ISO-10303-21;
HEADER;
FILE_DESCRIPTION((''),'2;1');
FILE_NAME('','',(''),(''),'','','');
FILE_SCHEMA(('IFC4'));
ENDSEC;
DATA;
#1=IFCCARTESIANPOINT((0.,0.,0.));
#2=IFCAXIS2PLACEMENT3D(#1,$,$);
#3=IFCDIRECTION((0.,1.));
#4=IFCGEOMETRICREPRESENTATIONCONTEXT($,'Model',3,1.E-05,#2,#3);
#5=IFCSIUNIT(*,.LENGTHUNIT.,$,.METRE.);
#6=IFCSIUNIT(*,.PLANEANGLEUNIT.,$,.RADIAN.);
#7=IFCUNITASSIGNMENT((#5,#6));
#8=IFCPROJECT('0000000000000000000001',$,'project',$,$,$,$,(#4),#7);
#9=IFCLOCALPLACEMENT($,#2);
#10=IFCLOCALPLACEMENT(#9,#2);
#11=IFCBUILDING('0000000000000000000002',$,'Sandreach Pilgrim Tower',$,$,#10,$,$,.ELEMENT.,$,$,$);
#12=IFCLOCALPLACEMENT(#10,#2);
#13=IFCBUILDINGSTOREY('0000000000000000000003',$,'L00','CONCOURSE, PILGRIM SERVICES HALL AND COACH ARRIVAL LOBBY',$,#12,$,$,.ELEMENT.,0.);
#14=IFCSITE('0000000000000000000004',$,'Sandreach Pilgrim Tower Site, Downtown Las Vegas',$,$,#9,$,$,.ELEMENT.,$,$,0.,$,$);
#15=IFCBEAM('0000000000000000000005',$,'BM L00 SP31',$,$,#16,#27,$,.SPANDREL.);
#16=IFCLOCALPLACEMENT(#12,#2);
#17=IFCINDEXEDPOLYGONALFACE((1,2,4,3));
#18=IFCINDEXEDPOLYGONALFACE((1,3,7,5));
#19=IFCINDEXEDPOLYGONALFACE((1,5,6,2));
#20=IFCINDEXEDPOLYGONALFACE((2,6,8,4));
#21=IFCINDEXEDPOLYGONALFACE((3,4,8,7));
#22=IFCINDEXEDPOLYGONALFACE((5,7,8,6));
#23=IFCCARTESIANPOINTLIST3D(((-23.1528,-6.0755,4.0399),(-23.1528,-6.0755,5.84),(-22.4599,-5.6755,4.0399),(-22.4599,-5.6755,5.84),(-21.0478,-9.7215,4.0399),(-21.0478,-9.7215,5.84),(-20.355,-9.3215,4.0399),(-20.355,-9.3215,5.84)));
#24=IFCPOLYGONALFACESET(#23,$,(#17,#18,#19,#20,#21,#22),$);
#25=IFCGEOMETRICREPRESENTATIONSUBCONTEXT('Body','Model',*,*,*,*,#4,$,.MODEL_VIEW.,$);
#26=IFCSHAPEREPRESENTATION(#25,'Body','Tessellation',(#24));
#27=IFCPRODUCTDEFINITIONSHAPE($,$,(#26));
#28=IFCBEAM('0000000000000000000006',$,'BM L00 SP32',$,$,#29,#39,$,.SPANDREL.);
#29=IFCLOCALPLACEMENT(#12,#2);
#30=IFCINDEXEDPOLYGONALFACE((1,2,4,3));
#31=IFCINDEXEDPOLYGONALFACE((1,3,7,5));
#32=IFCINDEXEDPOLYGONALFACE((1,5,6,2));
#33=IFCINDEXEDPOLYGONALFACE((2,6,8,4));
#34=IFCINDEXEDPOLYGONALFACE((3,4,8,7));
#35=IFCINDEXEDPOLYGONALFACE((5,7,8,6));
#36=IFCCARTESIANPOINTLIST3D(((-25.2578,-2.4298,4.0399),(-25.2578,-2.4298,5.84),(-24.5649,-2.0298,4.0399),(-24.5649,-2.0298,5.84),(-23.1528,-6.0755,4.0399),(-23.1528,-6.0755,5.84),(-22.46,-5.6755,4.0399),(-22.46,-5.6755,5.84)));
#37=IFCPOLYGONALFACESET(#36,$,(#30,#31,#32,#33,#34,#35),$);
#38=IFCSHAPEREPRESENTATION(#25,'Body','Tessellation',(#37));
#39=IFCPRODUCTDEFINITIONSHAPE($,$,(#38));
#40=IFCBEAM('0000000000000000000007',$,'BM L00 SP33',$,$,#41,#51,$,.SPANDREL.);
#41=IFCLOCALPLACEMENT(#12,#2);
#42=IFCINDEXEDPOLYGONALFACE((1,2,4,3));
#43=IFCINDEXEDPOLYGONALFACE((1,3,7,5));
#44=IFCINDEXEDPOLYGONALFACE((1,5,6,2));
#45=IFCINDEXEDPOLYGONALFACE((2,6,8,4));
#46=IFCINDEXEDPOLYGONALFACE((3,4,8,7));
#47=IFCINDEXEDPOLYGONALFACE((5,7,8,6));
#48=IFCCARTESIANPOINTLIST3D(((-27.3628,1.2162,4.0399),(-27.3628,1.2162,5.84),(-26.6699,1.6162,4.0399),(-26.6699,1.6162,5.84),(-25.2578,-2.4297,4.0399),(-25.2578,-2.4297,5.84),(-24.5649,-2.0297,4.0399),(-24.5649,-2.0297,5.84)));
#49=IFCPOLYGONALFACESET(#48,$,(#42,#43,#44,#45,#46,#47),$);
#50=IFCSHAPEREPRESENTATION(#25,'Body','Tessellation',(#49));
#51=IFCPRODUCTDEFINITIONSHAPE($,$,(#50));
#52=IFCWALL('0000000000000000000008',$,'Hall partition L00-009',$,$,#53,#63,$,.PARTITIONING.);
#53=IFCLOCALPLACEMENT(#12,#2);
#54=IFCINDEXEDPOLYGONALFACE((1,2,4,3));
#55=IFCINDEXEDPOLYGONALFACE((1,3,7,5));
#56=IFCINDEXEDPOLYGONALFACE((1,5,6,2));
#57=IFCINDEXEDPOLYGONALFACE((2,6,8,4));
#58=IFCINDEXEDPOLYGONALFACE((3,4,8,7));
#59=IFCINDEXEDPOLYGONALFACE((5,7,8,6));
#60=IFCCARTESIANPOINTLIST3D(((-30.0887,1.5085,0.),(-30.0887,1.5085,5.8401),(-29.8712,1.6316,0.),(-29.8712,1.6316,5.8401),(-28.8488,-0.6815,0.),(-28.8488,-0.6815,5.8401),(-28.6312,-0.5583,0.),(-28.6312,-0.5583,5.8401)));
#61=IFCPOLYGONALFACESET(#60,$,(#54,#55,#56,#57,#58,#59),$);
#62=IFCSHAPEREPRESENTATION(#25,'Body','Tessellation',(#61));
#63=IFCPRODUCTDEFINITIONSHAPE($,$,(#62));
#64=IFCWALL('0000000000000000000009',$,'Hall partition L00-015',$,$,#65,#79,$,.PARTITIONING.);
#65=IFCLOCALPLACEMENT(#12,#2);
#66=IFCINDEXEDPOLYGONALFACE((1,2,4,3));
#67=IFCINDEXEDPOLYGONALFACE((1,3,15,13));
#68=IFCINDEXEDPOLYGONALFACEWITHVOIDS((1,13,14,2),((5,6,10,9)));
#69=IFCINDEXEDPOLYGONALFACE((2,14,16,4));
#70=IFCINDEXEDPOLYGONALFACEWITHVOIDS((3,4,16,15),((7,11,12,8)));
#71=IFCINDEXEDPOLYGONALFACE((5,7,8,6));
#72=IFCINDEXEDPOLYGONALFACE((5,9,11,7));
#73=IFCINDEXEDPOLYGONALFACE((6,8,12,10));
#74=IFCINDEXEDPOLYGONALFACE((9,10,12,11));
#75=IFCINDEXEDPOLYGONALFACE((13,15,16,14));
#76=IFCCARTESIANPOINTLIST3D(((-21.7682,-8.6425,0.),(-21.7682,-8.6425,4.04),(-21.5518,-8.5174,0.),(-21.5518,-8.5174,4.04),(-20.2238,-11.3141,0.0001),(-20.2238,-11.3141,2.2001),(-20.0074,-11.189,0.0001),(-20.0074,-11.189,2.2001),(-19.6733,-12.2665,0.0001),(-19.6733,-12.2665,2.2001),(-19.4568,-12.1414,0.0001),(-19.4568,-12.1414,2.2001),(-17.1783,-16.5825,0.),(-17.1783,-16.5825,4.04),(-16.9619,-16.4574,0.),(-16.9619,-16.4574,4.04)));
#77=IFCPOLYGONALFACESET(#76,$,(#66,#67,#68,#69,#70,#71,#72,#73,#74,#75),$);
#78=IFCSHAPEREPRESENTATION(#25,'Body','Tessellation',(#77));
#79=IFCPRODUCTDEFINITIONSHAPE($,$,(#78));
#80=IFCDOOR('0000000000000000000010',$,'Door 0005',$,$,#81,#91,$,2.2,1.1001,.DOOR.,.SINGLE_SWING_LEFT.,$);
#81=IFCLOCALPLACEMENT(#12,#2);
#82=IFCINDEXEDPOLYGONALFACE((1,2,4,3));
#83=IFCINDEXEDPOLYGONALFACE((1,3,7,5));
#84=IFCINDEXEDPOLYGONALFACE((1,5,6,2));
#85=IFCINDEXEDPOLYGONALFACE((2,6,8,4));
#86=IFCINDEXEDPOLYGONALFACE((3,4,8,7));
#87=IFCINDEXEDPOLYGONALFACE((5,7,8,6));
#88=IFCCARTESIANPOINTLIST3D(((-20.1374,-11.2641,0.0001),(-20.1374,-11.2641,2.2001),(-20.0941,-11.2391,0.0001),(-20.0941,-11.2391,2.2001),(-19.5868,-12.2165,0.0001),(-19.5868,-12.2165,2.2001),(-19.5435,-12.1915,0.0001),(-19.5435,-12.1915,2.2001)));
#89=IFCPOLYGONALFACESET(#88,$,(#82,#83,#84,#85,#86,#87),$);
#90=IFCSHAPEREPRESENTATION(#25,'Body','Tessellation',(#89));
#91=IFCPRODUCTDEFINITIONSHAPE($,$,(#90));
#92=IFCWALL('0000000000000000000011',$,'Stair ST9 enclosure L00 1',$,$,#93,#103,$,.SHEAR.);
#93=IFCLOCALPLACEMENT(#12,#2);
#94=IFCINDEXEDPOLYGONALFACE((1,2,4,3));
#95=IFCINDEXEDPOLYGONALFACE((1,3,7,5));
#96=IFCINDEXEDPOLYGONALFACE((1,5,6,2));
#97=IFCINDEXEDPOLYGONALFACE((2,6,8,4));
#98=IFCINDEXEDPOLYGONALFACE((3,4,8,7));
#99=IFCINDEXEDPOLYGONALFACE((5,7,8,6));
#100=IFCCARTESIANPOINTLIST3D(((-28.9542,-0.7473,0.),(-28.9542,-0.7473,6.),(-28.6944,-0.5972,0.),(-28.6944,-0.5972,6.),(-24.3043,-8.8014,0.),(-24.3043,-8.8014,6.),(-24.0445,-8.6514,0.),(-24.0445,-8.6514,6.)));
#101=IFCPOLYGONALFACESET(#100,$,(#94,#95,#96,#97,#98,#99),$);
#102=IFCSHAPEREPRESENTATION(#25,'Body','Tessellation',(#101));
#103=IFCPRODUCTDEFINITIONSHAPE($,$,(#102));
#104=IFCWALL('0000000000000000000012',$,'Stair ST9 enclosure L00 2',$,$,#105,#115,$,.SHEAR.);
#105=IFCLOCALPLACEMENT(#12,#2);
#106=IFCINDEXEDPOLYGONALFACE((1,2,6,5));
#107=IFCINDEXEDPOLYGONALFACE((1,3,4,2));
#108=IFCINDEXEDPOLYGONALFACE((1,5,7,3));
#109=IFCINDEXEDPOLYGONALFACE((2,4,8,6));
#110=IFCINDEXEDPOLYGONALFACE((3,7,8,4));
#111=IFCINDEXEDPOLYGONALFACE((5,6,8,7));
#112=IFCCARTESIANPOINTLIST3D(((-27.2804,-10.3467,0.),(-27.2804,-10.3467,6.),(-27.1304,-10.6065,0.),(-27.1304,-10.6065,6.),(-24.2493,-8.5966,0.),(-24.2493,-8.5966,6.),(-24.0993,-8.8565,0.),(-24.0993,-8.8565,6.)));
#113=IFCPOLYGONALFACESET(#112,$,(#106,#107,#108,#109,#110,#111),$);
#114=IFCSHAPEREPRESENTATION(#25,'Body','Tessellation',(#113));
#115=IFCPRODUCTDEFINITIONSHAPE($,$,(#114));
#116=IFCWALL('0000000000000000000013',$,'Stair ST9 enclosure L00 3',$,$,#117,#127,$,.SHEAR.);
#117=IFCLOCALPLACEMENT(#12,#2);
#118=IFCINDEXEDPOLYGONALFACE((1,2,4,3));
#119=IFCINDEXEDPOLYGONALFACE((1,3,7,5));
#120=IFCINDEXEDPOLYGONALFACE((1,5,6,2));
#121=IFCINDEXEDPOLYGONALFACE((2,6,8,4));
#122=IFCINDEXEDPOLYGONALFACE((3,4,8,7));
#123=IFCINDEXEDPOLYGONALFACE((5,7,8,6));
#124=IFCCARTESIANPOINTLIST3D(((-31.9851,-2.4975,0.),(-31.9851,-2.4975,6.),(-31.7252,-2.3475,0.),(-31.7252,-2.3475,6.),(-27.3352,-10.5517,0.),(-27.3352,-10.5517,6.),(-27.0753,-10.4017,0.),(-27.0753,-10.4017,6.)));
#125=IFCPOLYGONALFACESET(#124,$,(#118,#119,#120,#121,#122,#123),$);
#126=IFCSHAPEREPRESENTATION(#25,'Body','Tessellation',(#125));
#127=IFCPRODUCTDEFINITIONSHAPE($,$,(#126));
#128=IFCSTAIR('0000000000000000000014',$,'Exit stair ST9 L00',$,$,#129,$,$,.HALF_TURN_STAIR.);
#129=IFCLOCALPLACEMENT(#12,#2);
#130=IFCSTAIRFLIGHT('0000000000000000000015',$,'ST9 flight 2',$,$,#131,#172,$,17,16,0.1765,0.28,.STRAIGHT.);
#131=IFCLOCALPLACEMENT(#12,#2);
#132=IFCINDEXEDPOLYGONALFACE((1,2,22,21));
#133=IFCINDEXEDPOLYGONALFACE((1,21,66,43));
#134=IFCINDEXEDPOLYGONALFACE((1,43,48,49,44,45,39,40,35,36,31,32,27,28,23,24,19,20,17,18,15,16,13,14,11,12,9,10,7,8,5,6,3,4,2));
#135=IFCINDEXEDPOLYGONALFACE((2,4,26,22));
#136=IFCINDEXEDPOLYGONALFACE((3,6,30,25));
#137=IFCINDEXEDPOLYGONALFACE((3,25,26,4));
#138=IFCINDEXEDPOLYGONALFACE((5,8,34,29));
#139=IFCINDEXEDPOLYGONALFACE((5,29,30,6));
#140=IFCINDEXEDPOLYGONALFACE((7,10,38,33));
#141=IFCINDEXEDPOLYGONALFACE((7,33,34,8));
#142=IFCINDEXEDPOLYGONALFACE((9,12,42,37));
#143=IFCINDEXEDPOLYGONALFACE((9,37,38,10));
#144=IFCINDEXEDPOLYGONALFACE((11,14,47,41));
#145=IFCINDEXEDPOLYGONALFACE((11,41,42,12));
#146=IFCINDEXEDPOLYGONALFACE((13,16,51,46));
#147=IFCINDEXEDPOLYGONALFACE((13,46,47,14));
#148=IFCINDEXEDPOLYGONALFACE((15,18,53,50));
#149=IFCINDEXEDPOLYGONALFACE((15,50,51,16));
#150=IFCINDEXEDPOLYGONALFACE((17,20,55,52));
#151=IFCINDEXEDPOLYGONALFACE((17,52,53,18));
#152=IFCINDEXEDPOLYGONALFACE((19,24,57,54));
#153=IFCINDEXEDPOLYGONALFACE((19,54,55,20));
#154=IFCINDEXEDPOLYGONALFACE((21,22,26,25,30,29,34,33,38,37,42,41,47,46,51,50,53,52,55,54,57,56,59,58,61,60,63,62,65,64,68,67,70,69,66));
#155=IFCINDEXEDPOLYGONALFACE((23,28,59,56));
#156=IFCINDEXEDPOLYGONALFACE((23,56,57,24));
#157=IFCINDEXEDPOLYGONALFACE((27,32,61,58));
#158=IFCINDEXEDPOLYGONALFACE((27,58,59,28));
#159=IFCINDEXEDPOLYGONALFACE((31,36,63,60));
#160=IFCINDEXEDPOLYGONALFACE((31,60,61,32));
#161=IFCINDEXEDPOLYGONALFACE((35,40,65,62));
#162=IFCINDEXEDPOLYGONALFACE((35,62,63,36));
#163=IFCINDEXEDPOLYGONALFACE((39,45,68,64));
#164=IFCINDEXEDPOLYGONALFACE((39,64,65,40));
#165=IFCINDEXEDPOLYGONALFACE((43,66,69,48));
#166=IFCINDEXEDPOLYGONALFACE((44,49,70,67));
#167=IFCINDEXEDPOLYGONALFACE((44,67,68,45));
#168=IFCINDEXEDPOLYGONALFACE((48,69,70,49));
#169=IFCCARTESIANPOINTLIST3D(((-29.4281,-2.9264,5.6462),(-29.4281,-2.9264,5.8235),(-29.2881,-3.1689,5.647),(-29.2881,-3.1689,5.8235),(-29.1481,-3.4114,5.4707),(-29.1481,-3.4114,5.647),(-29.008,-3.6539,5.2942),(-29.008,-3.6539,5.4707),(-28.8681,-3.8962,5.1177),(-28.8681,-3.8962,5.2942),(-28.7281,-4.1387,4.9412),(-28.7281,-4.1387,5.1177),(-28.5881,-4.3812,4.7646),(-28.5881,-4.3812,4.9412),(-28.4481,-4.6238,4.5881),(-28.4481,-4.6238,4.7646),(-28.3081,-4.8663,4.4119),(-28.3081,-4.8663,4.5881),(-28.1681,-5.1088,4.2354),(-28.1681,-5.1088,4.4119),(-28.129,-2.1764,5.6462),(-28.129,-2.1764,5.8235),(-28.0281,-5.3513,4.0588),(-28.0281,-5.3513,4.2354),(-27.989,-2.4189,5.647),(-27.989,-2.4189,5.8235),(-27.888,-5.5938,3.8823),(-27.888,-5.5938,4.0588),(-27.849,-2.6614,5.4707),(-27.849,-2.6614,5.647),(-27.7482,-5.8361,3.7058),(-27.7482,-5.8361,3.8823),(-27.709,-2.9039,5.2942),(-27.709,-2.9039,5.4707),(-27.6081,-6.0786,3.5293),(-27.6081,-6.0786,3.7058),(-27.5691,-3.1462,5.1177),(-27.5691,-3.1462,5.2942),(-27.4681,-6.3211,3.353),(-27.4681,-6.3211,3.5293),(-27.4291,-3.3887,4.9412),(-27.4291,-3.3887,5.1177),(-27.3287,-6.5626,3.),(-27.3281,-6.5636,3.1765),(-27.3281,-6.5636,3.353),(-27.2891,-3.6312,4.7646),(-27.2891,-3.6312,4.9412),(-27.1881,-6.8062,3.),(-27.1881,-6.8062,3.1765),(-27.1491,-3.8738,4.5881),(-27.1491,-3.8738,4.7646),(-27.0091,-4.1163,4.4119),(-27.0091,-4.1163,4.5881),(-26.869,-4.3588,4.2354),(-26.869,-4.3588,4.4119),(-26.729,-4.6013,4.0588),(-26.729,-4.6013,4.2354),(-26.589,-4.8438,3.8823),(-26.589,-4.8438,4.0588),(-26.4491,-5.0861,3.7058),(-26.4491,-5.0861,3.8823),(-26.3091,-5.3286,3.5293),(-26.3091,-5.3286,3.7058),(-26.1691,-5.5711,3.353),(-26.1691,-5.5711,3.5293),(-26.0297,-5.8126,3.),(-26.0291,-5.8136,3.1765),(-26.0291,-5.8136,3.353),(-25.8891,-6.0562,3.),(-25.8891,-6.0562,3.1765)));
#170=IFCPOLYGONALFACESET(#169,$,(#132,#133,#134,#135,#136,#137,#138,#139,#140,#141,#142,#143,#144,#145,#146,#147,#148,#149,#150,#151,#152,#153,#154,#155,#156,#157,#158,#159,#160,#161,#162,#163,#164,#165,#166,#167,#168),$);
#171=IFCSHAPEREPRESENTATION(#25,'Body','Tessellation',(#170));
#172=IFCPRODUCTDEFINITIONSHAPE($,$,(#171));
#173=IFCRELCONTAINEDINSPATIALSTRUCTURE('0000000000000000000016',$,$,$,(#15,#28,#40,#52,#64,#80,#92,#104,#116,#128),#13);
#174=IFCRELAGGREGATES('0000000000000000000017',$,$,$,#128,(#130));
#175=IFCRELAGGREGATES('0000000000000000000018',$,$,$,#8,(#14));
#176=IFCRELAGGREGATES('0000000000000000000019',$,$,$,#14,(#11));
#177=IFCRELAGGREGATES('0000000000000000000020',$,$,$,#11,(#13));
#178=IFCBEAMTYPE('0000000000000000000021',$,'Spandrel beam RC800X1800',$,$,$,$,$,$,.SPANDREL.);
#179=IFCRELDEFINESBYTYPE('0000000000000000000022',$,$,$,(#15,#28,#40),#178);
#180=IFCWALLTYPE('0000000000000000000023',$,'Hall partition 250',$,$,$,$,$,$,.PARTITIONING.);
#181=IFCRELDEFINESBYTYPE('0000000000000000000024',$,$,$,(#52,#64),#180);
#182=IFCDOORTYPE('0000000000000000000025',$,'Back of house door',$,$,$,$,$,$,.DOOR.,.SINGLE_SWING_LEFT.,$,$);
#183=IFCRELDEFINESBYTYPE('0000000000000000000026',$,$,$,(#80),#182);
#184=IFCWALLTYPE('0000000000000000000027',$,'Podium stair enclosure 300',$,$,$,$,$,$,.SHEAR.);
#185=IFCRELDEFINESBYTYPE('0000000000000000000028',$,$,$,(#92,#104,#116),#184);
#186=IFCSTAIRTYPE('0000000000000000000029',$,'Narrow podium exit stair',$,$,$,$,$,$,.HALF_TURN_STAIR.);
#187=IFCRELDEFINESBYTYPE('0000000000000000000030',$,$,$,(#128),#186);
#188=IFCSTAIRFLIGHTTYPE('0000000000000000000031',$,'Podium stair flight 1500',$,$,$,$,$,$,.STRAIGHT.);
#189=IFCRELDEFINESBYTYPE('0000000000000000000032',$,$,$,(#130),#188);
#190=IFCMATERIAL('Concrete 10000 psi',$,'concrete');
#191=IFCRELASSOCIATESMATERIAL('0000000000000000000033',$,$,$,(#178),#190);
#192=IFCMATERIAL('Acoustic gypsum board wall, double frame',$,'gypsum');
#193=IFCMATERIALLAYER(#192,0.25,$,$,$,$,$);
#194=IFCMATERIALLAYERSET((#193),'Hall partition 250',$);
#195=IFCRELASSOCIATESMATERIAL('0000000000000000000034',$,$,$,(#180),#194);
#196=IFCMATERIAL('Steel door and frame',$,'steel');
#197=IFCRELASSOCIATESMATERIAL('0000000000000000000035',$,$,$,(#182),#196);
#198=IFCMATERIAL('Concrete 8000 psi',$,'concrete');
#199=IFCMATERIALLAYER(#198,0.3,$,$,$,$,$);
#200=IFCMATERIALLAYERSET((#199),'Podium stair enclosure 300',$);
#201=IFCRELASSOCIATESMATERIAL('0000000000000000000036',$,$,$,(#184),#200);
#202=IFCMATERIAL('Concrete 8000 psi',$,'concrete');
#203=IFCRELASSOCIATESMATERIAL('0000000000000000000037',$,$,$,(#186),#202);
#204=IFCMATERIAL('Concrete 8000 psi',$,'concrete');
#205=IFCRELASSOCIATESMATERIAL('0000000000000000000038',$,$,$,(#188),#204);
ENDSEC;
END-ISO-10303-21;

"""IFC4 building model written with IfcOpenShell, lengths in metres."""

from ifc_helpers import new_model, si_unit, direction, frame, frame_2d, origin, origin_2d, place, context, subcontext, project, spatial, polyline, rectangle, outline, extrude, material, layer, layer_set, material_profile, profile_set, type_object, element, fill, aggregate, save


model = new_model("IFC4")

# Units and contexts
model_context = context("Model", 3, precision=1e-05, world=origin(), true_north=direction((0.0, 1.0)))
body_context = subcontext(model_context, "Body", "Model", "MODEL_VIEW")
ifc_project = project(units=[si_unit("LENGTHUNIT", "METRE"), si_unit("PLANEANGLEUNIT", "RADIAN")], contexts=[model_context])

# Site, building, storey
site_placement = place(None, origin())
site = spatial("IfcSite", under=ifc_project, at=site_placement, Name="Sandreach Pilgrim Tower Site, Downtown Las Vegas", CompositionType="ELEMENT", RefElevation=0.0)
building_placement = place(site_placement, origin())
building = spatial("IfcBuilding", under=site, at=building_placement, Name="Sandreach Pilgrim Tower", CompositionType="ELEMENT")
storey_placement = place(building_placement, origin())
storey = spatial("IfcBuildingStorey", under=building, at=storey_placement, Name="L00", Description="CONCOURSE, PILGRIM SERVICES HALL AND COACH ARRIVAL LOBBY", CompositionType="ELEMENT", Elevation=0.0)

# Beams
ifc_material_1 = material(Name="Concrete 10000 psi", Category="concrete")
ifc_material_profile_1 = material_profile(ifc_material_1, rectangle(XDim=0.8, YDim=1.8, at=origin_2d()), Name="RC800X1800")
ifc_profile_set_1 = profile_set([ifc_material_profile_1], Name="Concrete 10000 psi")
beam_type_1 = type_object("IfcBeamType", Name="Spandrel beam RC800X1800", PredefinedType="SPANDREL", material=ifc_profile_set_1)
beam_1_placement = place(storey_placement, frame((-20.7014, -9.5215, 4.9399), z_axis=(-0.499994, 0.866029, 0.0), x_axis=(-0.866029, -0.499994, 0.0)))
element("IfcBeam", 1, at=beam_1_placement, inside=storey, type_object=beam_type_1, Name="BM L00 SP31", PredefinedType="SPANDREL", context=body_context, shape_type="SweptSolid", body=[
    extrude(rectangle(XDim=0.8, YDim=1.8, at=origin_2d()), origin(), (0.0, 0.0, 1.0), 4.21),
])
beam_2_placement = place(storey_placement, frame((-22.8064, -5.8755, 4.9399), z_axis=(-0.500019, 0.866015, 0.0), x_axis=(-0.866015, -0.500019, 0.0)))
element("IfcBeam", 2, at=beam_2_placement, inside=storey, type_object=beam_type_1, Name="BM L00 SP32", PredefinedType="SPANDREL", context=body_context, shape_type="SweptSolid", body=[
    extrude(rectangle(XDim=0.8, YDim=1.8, at=origin_2d()), origin(), (0.0, 0.0, 1.0), 4.2097),
])
beam_3_placement = place(storey_placement, frame((-24.9114, -2.2297, 4.9399), z_axis=(-0.499994, 0.866029, 0.0), x_axis=(-0.866029, -0.499994, 0.0)))
element("IfcBeam", 3, at=beam_3_placement, inside=storey, type_object=beam_type_1, Name="BM L00 SP33", PredefinedType="SPANDREL", context=body_context, shape_type="SweptSolid", body=[
    extrude(rectangle(XDim=0.8, YDim=1.8, at=origin_2d()), origin(), (0.0, 0.0, 1.0), 4.21),
])

# Wall
ifc_material_2 = material(Name="Acoustic gypsum board wall, double frame", Category="gypsum")
ifc_layer_1 = layer(ifc_material_2, 0.25)
ifc_layer_set_1 = layer_set([ifc_layer_1], Name="Hall partition 250")
wall_type_1 = type_object("IfcWallType", Name="Hall partition 250", PredefinedType="PARTITIONING", material=ifc_layer_set_1)
wall_1_placement = place(storey_placement, frame((-28.74, -0.6199, 0.0), z_axis=(0.0, 0.0, 1.0), x_axis=(-0.492719, 0.870189, 0.0)))
element("IfcWall", 4, at=wall_1_placement, inside=storey, type_object=wall_type_1, Name="Hall partition L00-009", PredefinedType="PARTITIONING", context=body_context, shape_type="SweptSolid", body=[
    extrude(rectangle(XDim=2.5166, YDim=0.25, at=frame_2d((1.2583, 0.0))), origin(), (0.0, 0.0, 1.0), 5.8401),
])

# Wall, opening, door
wall_2_placement = place(storey_placement, frame((-21.6599, -8.5801, 0.0), z_axis=(0.0, 0.0, 1.0), x_axis=(0.500467, -0.865755, 0.0)))
wall_2 = element("IfcWall", 5, at=wall_2_placement, inside=storey, type_object=wall_type_1, Name="Hall partition L00-015", PredefinedType="PARTITIONING", context=body_context, shape_type="SweptSolid", body=[
    extrude(rectangle(XDim=9.1711, YDim=0.25, at=frame_2d((4.5854, 0.0))), origin(), (0.0, 0.0, 1.0), 4.04),
])
opening_placement = place(wall_2_placement, frame((3.0857, 0.0, 0.0)))
opening = element("IfcOpeningElement", 6, at=opening_placement, cuts=wall_2, PredefinedType="OPENING", context=body_context, shape_type="SweptSolid", body=[
    extrude(rectangle(XDim=1.1001, YDim=2.2, at=frame_2d((0.55, 1.1001))), frame((0.0, 0.125, 0.0), z_axis=(0.0, -1.0, 0.0), x_axis=(1.0, 0.0, 0.0)), (0.0, 0.0, 1.0), 0.25),
])
ifc_material_3 = material(Name="Steel door and frame", Category="steel")
door_type = type_object("IfcDoorType", Name="Back of house door", OperationType="SINGLE_SWING_LEFT", PredefinedType="DOOR", material=ifc_material_3)
door_placement = place(opening_placement, origin())
door = element("IfcDoor", 7, at=door_placement, inside=storey, type_object=door_type, Name="Door 0005", OperationType="SINGLE_SWING_LEFT", OverallHeight=2.2, OverallWidth=1.1001, PredefinedType="DOOR", context=body_context, shape_type="SweptSolid", body=[
    extrude(rectangle(XDim=1.1001, YDim=2.2, at=frame_2d((0.55, 1.1001))), frame((0.0, 0.0249, 0.0), z_axis=(0.0, -1.0, 0.0), x_axis=(1.0, 0.0, 0.0)), (0.0, 0.0, 1.0), 0.05),
])
fill(opening, door)

# Walls
ifc_material_4 = material(Name="Concrete 8000 psi", Category="concrete")
ifc_layer_2 = layer(ifc_material_4, 0.3)
ifc_layer_set_2 = layer_set([ifc_layer_2], Name="Podium stair enclosure 300")
wall_type_2 = type_object("IfcWallType", Name="Podium stair enclosure 300", PredefinedType="SHEAR", material=ifc_layer_set_2)
wall_3_placement = place(storey_placement, frame((-28.8242, -0.6724, 0.0), z_axis=(0.0, 0.0, 1.0), x_axis=(0.499985, -0.866034, 0.0)))
element("IfcWall", 8, at=wall_3_placement, inside=storey, type_object=wall_type_2, Name="Stair ST9 enclosure L00 1", PredefinedType="SHEAR", context=body_context, shape_type="SweptSolid", body=[
    extrude(rectangle(XDim=9.3, YDim=0.3, at=frame_2d((4.6499, 0.0))), origin(), (0.0, 0.0, 1.0), 6.0),
])
wall_4_placement = place(storey_placement, frame((-24.1743, -8.7266, 0.0), z_axis=(0.0, 0.0, 1.0), x_axis=(-0.866019, -0.50001, 0.0)))
element("IfcWall", 9, at=wall_4_placement, inside=storey, type_object=wall_type_2, Name="Stair ST9 enclosure L00 2", PredefinedType="SHEAR", context=body_context, shape_type="SweptSolid", body=[
    extrude(rectangle(XDim=3.5, YDim=0.3, at=frame_2d((1.75, 0.0))), origin(), (0.0, 0.0, 1.0), 6.0),
])
wall_5_placement = place(storey_placement, frame((-27.2053, -10.4766, 0.0), z_axis=(0.0, 0.0, 1.0), x_axis=(-0.499985, 0.866034, 0.0)))
element("IfcWall", 10, at=wall_5_placement, inside=storey, type_object=wall_type_2, Name="Stair ST9 enclosure L00 3", PredefinedType="SHEAR", context=body_context, shape_type="SweptSolid", body=[
    extrude(rectangle(XDim=9.3, YDim=0.3, at=frame_2d((4.6499, 0.0))), origin(), (0.0, 0.0, 1.0), 6.0),
])

# Stair, stair flight
ifc_material_5 = material(Name="Concrete 8000 psi", Category="concrete")
stair_type = type_object("IfcStairType", Name="Narrow podium exit stair", PredefinedType="HALF_TURN_STAIR", material=ifc_material_5)
stair_placement = place(storey_placement, origin())
stair = element("IfcStair", 11, at=stair_placement, inside=storey, type_object=stair_type, Name="Exit stair ST9 L00", PredefinedType="HALF_TURN_STAIR")
ifc_material_6 = material(Name="Concrete 8000 psi", Category="concrete")
stair_flight_type = type_object("IfcStairFlightType", Name="Podium stair flight 1500", PredefinedType="STRAIGHT", material=ifc_material_6)
stair_flight_placement = place(storey_placement, frame((-26.5386, -6.4312, 3.0), z_axis=(0.0, 0.0, 1.0), x_axis=(-0.5, 0.866025, 0.0)))
stair_flight = element("IfcStairFlight", 12, at=stair_flight_placement, type_object=stair_flight_type, Name="ST9 flight 2", NumberOfRisers=17, NumberOfTreads=16, PredefinedType="STRAIGHT", RiserHeight=0.1765, TreadLength=0.28, context=body_context, shape_type="SweptSolid", body=[
    extrude(outline(polyline([(0.0, 0.0), (0.0, 0.1765), (0.28, 0.1765), (0.28, 0.353), (0.5601, 0.353), (0.5601, 0.5293), (0.8401, 0.5293), (0.8401, 0.7058), (1.1201, 0.7058), (1.1201, 0.8823), (1.3999, 0.8823), (1.3999, 1.0588), (1.6799, 1.0588), (1.6799, 1.2354), (1.96, 1.2354), (1.96, 1.4119), (2.24, 1.4119), (2.24, 1.5881), (2.52, 1.5881), (2.52, 1.7646), (2.8, 1.7646), (2.8, 1.9412), (3.0801, 1.9412), (3.0801, 2.1177), (3.3601, 2.1177), (3.3601, 2.2942), (3.6399, 2.2942), (3.6399, 2.4707), (3.9199, 2.4707), (3.9199, 2.647), (4.2, 2.647), (4.2, 2.8235), (4.48, 2.8235), (4.48, 3.0), (4.48, 2.6462), (0.2812, 0.0), (0.0, 0.0)])), frame((0.0, 0.75, 0.0), z_axis=(0.0, -1.0, 0.0), x_axis=(1.0, 0.0, 0.0)), (0.0, 0.0, 1.0), 1.5),
])
aggregate(stair, [stair_flight])

save(model, "model.ifc")
